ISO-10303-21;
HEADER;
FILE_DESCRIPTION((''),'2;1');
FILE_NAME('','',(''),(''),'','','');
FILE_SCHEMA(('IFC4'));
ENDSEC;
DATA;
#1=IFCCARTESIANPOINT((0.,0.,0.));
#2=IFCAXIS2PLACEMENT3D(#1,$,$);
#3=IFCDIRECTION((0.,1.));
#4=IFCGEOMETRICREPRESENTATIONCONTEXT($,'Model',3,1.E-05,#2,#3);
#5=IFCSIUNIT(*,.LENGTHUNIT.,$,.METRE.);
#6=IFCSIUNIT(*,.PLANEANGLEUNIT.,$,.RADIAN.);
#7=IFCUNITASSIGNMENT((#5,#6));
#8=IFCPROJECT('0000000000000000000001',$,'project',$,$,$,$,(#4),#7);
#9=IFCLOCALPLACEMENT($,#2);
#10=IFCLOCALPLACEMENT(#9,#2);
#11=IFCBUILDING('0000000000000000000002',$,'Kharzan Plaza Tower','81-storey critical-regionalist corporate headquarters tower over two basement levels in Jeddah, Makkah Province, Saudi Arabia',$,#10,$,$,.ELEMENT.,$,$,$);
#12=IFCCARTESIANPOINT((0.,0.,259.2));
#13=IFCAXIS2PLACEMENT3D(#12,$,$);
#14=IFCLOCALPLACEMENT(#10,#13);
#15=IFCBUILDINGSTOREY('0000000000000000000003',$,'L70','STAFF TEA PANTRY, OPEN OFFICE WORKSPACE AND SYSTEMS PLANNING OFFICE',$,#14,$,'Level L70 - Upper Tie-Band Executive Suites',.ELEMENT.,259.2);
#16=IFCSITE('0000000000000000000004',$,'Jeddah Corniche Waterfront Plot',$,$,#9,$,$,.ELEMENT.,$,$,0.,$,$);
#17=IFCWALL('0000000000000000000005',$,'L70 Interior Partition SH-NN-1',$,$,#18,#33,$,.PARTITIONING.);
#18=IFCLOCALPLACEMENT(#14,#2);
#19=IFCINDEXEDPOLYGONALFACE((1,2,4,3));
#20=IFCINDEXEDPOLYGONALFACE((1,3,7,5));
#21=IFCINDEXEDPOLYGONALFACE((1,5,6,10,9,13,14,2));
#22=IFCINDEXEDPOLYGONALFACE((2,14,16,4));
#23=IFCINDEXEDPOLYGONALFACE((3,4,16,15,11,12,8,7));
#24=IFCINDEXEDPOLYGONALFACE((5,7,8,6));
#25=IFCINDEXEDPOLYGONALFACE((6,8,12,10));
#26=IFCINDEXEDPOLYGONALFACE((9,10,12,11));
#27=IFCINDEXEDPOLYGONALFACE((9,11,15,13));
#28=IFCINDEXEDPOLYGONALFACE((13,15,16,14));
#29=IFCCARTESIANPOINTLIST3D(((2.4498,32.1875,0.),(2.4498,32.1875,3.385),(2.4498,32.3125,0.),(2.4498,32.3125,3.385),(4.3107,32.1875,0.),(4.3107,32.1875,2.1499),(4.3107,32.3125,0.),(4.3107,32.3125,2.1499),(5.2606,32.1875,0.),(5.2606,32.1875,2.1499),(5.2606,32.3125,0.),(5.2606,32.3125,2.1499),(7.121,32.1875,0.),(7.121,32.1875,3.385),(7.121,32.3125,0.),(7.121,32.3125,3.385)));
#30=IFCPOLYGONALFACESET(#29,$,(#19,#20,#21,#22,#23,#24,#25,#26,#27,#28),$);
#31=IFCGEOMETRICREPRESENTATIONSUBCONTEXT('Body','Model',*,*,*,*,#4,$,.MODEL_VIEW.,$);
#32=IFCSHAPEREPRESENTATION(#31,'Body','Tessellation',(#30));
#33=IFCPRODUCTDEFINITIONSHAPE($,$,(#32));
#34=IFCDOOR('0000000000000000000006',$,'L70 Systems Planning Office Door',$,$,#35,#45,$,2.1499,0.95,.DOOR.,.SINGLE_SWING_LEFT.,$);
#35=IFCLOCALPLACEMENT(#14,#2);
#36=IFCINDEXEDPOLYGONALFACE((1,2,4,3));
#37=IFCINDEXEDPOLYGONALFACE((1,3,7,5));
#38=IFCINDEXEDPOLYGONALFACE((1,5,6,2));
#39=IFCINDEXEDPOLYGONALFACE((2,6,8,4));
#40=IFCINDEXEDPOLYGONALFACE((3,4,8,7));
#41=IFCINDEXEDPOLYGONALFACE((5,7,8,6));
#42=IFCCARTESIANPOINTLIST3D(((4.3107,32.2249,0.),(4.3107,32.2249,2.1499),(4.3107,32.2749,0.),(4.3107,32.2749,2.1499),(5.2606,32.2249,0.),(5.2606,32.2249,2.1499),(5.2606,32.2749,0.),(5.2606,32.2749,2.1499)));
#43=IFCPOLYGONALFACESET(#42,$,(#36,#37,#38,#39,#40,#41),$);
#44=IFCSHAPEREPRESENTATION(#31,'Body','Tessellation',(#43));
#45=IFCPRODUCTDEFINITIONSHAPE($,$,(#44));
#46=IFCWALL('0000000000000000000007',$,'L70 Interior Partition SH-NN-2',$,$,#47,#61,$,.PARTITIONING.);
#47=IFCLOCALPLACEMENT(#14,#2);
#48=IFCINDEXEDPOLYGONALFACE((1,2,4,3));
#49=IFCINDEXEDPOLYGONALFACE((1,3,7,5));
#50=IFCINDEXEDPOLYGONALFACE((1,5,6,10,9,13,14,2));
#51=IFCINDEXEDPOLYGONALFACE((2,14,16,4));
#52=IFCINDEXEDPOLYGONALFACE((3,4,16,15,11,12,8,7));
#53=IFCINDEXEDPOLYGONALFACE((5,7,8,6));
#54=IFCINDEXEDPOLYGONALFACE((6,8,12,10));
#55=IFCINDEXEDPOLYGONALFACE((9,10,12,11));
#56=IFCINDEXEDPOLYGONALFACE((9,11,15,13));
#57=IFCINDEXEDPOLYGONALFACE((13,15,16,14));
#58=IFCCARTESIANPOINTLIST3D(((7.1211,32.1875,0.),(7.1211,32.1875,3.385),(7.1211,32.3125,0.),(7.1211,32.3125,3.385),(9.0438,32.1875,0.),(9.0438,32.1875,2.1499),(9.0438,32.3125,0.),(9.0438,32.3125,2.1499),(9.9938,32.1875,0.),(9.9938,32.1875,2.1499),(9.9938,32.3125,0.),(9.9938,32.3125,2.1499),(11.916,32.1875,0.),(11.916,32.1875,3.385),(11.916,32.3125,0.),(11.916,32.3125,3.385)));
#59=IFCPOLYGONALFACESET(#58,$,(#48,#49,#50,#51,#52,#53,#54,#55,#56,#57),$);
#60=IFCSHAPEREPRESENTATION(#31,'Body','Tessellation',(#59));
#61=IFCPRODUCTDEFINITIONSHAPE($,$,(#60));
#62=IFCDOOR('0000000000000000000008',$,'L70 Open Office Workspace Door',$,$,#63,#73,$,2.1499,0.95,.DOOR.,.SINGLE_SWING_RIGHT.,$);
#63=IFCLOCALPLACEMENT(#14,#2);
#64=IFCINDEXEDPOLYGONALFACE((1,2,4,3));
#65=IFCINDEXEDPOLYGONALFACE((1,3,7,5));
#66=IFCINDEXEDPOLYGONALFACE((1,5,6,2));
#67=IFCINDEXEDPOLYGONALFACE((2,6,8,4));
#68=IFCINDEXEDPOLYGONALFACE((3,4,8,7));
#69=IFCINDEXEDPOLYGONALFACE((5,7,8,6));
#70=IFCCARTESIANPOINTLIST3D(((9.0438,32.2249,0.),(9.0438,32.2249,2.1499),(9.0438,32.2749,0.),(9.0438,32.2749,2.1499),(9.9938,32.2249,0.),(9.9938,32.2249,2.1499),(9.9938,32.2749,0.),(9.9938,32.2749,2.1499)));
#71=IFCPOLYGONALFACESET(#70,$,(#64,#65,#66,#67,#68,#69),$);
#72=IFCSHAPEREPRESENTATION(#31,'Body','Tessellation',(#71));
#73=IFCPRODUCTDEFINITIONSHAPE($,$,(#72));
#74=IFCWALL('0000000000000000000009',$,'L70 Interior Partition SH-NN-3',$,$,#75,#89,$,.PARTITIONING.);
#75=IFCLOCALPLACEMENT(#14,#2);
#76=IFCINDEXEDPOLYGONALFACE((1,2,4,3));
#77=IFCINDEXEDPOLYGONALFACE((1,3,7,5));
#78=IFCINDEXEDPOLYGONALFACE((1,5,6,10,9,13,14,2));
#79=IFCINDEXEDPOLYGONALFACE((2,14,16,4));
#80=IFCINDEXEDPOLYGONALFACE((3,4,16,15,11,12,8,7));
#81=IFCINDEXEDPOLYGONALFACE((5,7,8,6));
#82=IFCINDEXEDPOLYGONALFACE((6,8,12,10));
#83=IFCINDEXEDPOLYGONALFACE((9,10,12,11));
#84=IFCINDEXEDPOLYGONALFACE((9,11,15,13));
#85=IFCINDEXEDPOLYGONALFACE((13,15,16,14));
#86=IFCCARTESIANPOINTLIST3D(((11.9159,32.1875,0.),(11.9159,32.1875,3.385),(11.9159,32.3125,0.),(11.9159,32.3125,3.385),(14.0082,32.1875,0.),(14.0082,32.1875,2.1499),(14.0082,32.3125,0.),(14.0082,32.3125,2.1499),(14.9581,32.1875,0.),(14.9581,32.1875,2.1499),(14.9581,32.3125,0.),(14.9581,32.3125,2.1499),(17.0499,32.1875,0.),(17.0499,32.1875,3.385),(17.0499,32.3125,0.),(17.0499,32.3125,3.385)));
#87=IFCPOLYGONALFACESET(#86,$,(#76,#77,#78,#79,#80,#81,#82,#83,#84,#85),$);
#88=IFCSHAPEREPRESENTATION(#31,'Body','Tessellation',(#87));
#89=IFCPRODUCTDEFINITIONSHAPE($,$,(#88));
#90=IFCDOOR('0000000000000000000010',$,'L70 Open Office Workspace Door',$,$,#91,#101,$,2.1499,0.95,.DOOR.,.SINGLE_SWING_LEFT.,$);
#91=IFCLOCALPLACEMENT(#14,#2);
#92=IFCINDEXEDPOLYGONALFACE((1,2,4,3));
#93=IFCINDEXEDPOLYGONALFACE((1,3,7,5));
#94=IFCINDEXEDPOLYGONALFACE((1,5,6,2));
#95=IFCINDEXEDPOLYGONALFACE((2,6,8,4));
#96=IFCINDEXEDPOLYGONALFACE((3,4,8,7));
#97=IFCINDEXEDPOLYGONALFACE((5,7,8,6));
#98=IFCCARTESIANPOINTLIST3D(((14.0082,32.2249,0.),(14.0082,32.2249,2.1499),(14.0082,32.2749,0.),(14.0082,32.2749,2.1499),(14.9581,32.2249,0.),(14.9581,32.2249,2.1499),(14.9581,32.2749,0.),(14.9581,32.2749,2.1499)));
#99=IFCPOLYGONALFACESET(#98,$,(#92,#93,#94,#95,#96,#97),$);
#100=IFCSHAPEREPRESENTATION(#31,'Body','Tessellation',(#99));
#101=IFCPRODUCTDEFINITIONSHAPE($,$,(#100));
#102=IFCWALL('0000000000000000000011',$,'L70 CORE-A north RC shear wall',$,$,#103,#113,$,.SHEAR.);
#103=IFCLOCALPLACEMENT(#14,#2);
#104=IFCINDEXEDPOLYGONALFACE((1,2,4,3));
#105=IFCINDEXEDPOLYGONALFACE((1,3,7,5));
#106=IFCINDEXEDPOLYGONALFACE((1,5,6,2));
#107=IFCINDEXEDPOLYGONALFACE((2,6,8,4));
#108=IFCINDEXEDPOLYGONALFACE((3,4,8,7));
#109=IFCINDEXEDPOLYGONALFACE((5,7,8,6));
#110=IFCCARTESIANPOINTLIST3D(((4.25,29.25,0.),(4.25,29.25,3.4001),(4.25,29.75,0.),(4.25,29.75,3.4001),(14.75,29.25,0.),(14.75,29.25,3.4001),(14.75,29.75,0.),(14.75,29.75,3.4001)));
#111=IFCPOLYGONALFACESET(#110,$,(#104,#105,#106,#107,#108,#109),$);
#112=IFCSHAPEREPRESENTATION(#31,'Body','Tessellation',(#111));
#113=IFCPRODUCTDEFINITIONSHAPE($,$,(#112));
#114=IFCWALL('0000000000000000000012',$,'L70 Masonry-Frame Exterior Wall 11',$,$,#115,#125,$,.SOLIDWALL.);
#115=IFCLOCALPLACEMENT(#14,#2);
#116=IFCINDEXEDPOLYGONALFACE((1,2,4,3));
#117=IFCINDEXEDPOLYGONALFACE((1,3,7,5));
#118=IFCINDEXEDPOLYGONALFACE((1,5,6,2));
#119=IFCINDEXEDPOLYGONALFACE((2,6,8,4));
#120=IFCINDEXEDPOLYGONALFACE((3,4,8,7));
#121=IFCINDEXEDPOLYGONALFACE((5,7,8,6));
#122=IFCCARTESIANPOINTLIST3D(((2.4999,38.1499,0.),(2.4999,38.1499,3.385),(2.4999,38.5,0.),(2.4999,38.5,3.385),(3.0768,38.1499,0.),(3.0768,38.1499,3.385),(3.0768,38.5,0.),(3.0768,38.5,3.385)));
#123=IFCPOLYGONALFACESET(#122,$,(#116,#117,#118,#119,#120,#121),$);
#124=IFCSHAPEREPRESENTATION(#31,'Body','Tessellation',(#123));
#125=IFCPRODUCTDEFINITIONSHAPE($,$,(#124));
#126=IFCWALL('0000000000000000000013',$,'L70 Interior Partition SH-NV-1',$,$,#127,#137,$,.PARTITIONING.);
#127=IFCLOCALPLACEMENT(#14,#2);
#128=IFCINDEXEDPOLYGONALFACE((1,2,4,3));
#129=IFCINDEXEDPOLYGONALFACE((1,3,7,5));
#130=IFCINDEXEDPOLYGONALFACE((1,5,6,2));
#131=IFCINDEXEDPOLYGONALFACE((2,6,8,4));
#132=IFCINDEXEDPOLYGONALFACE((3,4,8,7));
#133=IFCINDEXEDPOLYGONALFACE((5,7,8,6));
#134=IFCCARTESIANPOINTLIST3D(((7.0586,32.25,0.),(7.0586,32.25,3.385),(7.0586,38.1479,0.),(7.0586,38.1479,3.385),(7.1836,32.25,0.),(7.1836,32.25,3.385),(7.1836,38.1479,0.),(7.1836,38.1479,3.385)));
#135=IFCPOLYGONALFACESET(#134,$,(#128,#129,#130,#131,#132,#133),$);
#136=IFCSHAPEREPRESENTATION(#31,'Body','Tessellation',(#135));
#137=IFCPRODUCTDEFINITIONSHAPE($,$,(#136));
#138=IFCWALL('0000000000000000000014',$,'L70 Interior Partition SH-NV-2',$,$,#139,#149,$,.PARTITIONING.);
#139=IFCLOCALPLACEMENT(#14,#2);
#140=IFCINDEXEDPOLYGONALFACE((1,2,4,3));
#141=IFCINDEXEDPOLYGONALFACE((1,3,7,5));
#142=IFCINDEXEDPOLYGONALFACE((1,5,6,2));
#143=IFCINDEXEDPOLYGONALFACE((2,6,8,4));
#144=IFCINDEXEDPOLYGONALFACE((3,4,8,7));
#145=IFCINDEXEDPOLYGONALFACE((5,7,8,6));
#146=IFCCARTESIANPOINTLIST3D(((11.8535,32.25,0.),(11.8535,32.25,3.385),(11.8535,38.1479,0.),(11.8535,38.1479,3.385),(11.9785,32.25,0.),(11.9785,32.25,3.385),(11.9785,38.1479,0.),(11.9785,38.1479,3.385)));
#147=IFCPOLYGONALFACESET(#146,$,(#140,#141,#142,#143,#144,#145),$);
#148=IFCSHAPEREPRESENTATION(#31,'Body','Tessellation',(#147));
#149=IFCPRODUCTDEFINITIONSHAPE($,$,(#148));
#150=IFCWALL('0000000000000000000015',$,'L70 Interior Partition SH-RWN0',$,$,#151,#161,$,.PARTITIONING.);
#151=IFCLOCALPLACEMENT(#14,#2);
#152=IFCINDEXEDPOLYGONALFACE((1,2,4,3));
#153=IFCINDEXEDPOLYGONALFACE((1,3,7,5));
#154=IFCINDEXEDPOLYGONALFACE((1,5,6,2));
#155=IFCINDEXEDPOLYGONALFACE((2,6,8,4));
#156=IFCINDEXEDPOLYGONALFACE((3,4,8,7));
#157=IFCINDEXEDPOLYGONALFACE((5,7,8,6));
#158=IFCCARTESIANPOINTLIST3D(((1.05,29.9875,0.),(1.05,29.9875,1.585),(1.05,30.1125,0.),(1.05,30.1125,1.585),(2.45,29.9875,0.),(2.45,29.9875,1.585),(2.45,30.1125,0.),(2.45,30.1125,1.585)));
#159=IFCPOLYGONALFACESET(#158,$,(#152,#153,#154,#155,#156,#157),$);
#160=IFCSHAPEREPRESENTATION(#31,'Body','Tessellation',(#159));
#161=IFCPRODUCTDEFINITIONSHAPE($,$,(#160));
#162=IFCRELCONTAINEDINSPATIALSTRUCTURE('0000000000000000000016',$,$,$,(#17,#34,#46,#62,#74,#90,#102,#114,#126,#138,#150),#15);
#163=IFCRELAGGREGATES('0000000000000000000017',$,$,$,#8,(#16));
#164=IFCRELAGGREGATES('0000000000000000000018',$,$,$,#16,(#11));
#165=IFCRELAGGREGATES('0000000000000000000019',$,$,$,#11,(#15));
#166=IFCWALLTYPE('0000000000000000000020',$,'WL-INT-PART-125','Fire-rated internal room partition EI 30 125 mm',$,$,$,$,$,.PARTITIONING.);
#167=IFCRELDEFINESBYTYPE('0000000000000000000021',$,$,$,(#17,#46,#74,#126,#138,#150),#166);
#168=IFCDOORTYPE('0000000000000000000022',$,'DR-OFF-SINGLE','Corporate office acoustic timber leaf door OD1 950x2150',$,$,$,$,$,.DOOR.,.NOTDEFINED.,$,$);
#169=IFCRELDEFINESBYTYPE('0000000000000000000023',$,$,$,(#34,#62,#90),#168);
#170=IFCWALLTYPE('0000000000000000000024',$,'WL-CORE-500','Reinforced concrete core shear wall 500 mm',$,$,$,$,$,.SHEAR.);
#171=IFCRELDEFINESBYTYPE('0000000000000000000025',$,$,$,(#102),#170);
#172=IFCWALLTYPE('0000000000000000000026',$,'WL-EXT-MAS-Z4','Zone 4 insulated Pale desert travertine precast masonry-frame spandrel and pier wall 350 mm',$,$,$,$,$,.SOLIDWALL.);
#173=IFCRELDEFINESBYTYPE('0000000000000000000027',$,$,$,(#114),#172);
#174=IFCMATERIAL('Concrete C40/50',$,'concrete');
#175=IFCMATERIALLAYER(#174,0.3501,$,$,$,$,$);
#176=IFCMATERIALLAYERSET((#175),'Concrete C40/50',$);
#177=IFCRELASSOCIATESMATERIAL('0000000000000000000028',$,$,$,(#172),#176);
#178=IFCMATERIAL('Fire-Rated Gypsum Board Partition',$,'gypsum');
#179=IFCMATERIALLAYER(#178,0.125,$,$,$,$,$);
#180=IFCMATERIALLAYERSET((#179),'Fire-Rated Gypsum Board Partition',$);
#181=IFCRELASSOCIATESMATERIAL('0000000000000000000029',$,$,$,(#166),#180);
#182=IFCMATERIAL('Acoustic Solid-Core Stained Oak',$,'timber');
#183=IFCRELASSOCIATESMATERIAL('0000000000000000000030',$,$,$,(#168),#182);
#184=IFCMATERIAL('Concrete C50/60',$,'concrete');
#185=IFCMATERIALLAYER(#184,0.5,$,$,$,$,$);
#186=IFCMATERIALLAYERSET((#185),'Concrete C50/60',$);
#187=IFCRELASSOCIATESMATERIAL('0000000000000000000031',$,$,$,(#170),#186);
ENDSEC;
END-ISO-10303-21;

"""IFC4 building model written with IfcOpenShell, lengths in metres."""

from ifc_helpers import new_model, si_unit, direction, frame, frame_2d, origin, place, context, subcontext, project, spatial, rectangle, extrude, source, transform, mapped, material, layer, layer_set, type_object, element, fill, save


model = new_model("IFC4")

# Units and contexts
model_context = context("Model", 3, precision=1e-05, world=origin(), true_north=direction((0.0, 1.0)))
body_context = subcontext(model_context, "Body", "Model", "MODEL_VIEW")
ifc_project = project(units=[si_unit("LENGTHUNIT", "METRE"), si_unit("PLANEANGLEUNIT", "RADIAN")], contexts=[model_context])

# Site, building, storey
site_placement = place(None, origin())
site = spatial("IfcSite", under=ifc_project, at=site_placement, Name="Jeddah Corniche Waterfront Plot", CompositionType="ELEMENT", RefElevation=0.0)
building_placement = place(site_placement, origin())
building = spatial("IfcBuilding", under=site, at=building_placement, Name="Kharzan Plaza Tower", Description="81-storey critical-regionalist corporate headquarters tower over two basement levels in Jeddah, Makkah Province, Saudi Arabia", CompositionType="ELEMENT")
storey_placement = place(building_placement, frame((0.0, 0.0, 259.2)))
storey = spatial("IfcBuildingStorey", under=building, at=storey_placement, Name="L70", Description="STAFF TEA PANTRY, OPEN OFFICE WORKSPACE AND SYSTEMS PLANNING OFFICE", LongName="Level L70 - Upper Tie-Band Executive Suites", CompositionType="ELEMENT", Elevation=259.2)

# Shared definitions
ifc_material_1 = material(Name="Concrete C50/60", Category="concrete")

# Shared definitions
ifc_material_2 = material(Name="Concrete C40/50", Category="concrete")
ifc_layer_1 = layer(ifc_material_2, 0.3501)
ifc_layer_set_1 = layer_set([ifc_layer_1], Name="Concrete C40/50")
wall_type_1 = type_object("IfcWallType", Name="WL-EXT-MAS-Z4", Description="Zone 4 insulated Pale desert travertine precast masonry-frame spandrel and pier wall 350 mm", PredefinedType="SOLIDWALL", material=ifc_layer_set_1)

# Walls, openings, doors
ifc_material_3 = material(Name="Fire-Rated Gypsum Board Partition", Category="gypsum")
ifc_layer_2 = layer(ifc_material_3, 0.125)
ifc_layer_set_2 = layer_set([ifc_layer_2], Name="Fire-Rated Gypsum Board Partition")
wall_type_2 = type_object("IfcWallType", Name="WL-INT-PART-125", Description="Fire-rated internal room partition EI 30 125 mm", PredefinedType="PARTITIONING", material=ifc_layer_set_2)
wall_1_placement = place(storey_placement, frame((2.45, 32.25, 0.0), z_axis=(0.0, 0.0, 1.0), x_axis=(1.0, 0.0, 0.0)))
wall_1 = element("IfcWall", 1, at=wall_1_placement, inside=storey, type_object=wall_type_2, Name="L70 Interior Partition SH-NN-1", PredefinedType="PARTITIONING", context=body_context, shape_type="SweptSolid", body=[
    extrude(rectangle(XDim=4.6711, YDim=0.125, at=frame_2d((2.3354, 0.0))), origin(), (0.0, 0.0, 1.0), 3.385),
])
opening_1_placement = place(wall_1_placement, frame((1.8606, 0.0, 0.0)))
opening_1 = element("IfcOpeningElement", 2, at=opening_1_placement, cuts=wall_1, PredefinedType="OPENING", context=body_context, shape_type="SweptSolid", body=[
    extrude(rectangle(XDim=0.95, YDim=2.1499, at=frame_2d((0.4751, 1.075))), frame((0.0, 0.0725, 0.0), z_axis=(0.0, -1.0, 0.0), x_axis=(1.0, 0.0, 0.0)), (0.0, 0.0, 1.0), 0.145),
])
ifc_material_4 = material(Name="Acoustic Solid-Core Stained Oak", Category="timber")
door_type = type_object("IfcDoorType", Name="DR-OFF-SINGLE", Description="Corporate office acoustic timber leaf door OD1 950x2150", OperationType="NOTDEFINED", PredefinedType="DOOR", material=ifc_material_4)
shared_shape_1 = source(origin(), body_context, "Body", "SweptSolid", [
    extrude(rectangle(XDim=0.95, YDim=2.1499, at=frame_2d((0.4751, 1.075))), frame((0.0, 0.0249, 0.0), z_axis=(0.0, -1.0, 0.0), x_axis=(1.0, 0.0, 0.0)), (0.0, 0.0, 1.0), 0.05),
])
door_1_placement = place(opening_1_placement, origin())
door_1 = element("IfcDoor", 3, at=door_1_placement, inside=storey, type_object=door_type, Name="L70 Systems Planning Office Door", OperationType="SINGLE_SWING_LEFT", OverallHeight=2.1499, OverallWidth=0.95, PredefinedType="DOOR", context=body_context, shape_type="MappedRepresentation", body=[
    mapped(shared_shape_1, transform((0.0, 0.0, 0.0), x_axis=(1.0, 0.0, 0.0), y_axis=(0.0, 1.0, 0.0), z_axis=(0.0, 0.0, 1.0))),
])
fill(opening_1, door_1)
wall_2_placement = place(storey_placement, frame((7.1211, 32.25, 0.0), z_axis=(0.0, 0.0, 1.0), x_axis=(1.0, 0.0, 0.0)))
wall_2 = element("IfcWall", 4, at=wall_2_placement, inside=storey, type_object=wall_type_2, Name="L70 Interior Partition SH-NN-2", PredefinedType="PARTITIONING", context=body_context, shape_type="SweptSolid", body=[
    extrude(rectangle(XDim=4.7949, YDim=0.125, at=frame_2d((2.3975, 0.0))), origin(), (0.0, 0.0, 1.0), 3.385),
])
opening_2_placement = place(wall_2_placement, frame((1.9226, 0.0, 0.0)))
opening_2 = element("IfcOpeningElement", 5, at=opening_2_placement, cuts=wall_2, PredefinedType="OPENING", context=body_context, shape_type="SweptSolid", body=[
    extrude(rectangle(XDim=0.95, YDim=2.1499, at=frame_2d((0.4751, 1.075))), frame((0.0, 0.0725, 0.0), z_axis=(0.0, -1.0, 0.0), x_axis=(1.0, 0.0, 0.0)), (0.0, 0.0, 1.0), 0.145),
])
door_2_placement = place(opening_2_placement, origin())
door_2 = element("IfcDoor", 6, at=door_2_placement, inside=storey, type_object=door_type, Name="L70 Open Office Workspace Door", OperationType="SINGLE_SWING_RIGHT", OverallHeight=2.1499, OverallWidth=0.95, PredefinedType="DOOR", context=body_context, shape_type="MappedRepresentation", body=[
    mapped(shared_shape_1, transform((0.0, 0.0, 0.0), x_axis=(1.0, 0.0, 0.0), y_axis=(0.0, 1.0, 0.0), z_axis=(0.0, 0.0, 1.0))),
])
fill(opening_2, door_2)
wall_3_placement = place(storey_placement, frame((11.916, 32.25, 0.0), z_axis=(0.0, 0.0, 1.0), x_axis=(1.0, 0.0, 0.0)))
wall_3 = element("IfcWall", 7, at=wall_3_placement, inside=storey, type_object=wall_type_2, Name="L70 Interior Partition SH-NN-3", PredefinedType="PARTITIONING", context=body_context, shape_type="SweptSolid", body=[
    extrude(rectangle(XDim=5.134, YDim=0.125, at=frame_2d((2.5669, 0.0))), origin(), (0.0, 0.0, 1.0), 3.385),
])
opening_3_placement = place(wall_3_placement, frame((2.092, 0.0, 0.0)))
opening_3 = element("IfcOpeningElement", 8, at=opening_3_placement, cuts=wall_3, PredefinedType="OPENING", context=body_context, shape_type="SweptSolid", body=[
    extrude(rectangle(XDim=0.95, YDim=2.1499, at=frame_2d((0.4751, 1.075))), frame((0.0, 0.0725, 0.0), z_axis=(0.0, -1.0, 0.0), x_axis=(1.0, 0.0, 0.0)), (0.0, 0.0, 1.0), 0.145),
])
door_3_placement = place(opening_3_placement, origin())
door_3 = element("IfcDoor", 9, at=door_3_placement, inside=storey, type_object=door_type, Name="L70 Open Office Workspace Door", OperationType="SINGLE_SWING_LEFT", OverallHeight=2.1499, OverallWidth=0.95, PredefinedType="DOOR", context=body_context, shape_type="MappedRepresentation", body=[
    mapped(shared_shape_1, transform((0.0, 0.0, 0.0), x_axis=(1.0, 0.0, 0.0), y_axis=(0.0, 1.0, 0.0), z_axis=(0.0, 0.0, 1.0))),
])
fill(opening_3, door_3)

# Walls
ifc_layer_3 = layer(ifc_material_1, 0.5)
ifc_layer_set_3 = layer_set([ifc_layer_3], Name="Concrete C50/60")
wall_type_3 = type_object("IfcWallType", Name="WL-CORE-500", Description="Reinforced concrete core shear wall 500 mm", PredefinedType="SHEAR", material=ifc_layer_set_3)
shared_shape_2 = source(origin(), body_context, "Body", "SweptSolid", [
    extrude(rectangle(XDim=10.5, YDim=0.5, at=frame_2d((5.25, 0.0))), origin(), (0.0, 0.0, 1.0), 3.4001),
])
wall_4_placement = place(storey_placement, frame((4.25, 29.5, 0.0), z_axis=(0.0, 0.0, 1.0), x_axis=(1.0, 0.0, 0.0)))
element("IfcWall", 10, at=wall_4_placement, inside=storey, type_object=wall_type_3, Name="L70 CORE-A north RC shear wall", PredefinedType="SHEAR", context=body_context, shape_type="MappedRepresentation", body=[
    mapped(shared_shape_2, transform((0.0, 0.0, 0.0), x_axis=(1.0, 0.0, 0.0), y_axis=(0.0, 1.0, 0.0), z_axis=(0.0, 0.0, 1.0))),
])
shared_shape_3 = source(origin(), body_context, "Body", "SweptSolid", [
    extrude(rectangle(XDim=0.5769, YDim=0.3501, at=frame_2d((0.2886, 0.0))), origin(), (0.0, 0.0, 1.0), 3.385),
])
wall_5_placement = place(storey_placement, frame((3.0769, 38.325, 0.0), z_axis=(0.0, 0.0, 1.0), x_axis=(-1.0, 0.0, 0.0)))
element("IfcWall", 11, at=wall_5_placement, inside=storey, type_object=wall_type_1, Name="L70 Masonry-Frame Exterior Wall 11", PredefinedType="SOLIDWALL", context=body_context, shape_type="MappedRepresentation", body=[
    mapped(shared_shape_3, transform((0.0, 0.0, 0.0), x_axis=(1.0, 0.0, 0.0), y_axis=(0.0, 1.0, 0.0), z_axis=(0.0, 0.0, 1.0))),
])
shared_shape_4 = source(origin(), body_context, "Body", "SweptSolid", [
    extrude(rectangle(XDim=5.8979, YDim=0.125, at=frame_2d((2.949, 0.0))), origin(), (0.0, 0.0, 1.0), 3.385),
])
for number, where, z_axis, x_axis, name in (
    (12, (7.1211, 32.25, 0.0), (0.0, 0.0, 1.0), (0.0, 1.0, 0.0), "L70 Interior Partition SH-NV-1"),
    (13, (11.916, 32.25, 0.0), (0.0, 0.0, 1.0), (0.0, 1.0, 0.0), "L70 Interior Partition SH-NV-2"),
):
    element("IfcWall", number, at=place(storey_placement, frame(where, z_axis=z_axis, x_axis=x_axis)), inside=storey, type_object=wall_type_2, Name=name, PredefinedType="PARTITIONING", context=body_context, shape_type="MappedRepresentation", body=[
        mapped(shared_shape_4, transform((0.0, 0.0, 0.0), x_axis=(1.0, 0.0, 0.0), y_axis=(0.0, 1.0, 0.0), z_axis=(0.0, 0.0, 1.0))),
    ])
shared_shape_5 = source(origin(), body_context, "Body", "SweptSolid", [
    extrude(rectangle(XDim=1.3999, YDim=0.125, at=frame_2d((0.7, 0.0))), origin(), (0.0, 0.0, 1.0), 1.585),
])
wall_6_placement = place(storey_placement, frame((1.05, 30.05, 0.0), z_axis=(0.0, 0.0, 1.0), x_axis=(1.0, 0.0, 0.0)))
element("IfcWall", 14, at=wall_6_placement, inside=storey, type_object=wall_type_2, Name="L70 Interior Partition SH-RWN0", PredefinedType="PARTITIONING", context=body_context, shape_type="MappedRepresentation", body=[
    mapped(shared_shape_5, transform((0.0, 0.0, 0.0), x_axis=(1.0, 0.0, 0.0), y_axis=(0.0, 1.0, 0.0), z_axis=(0.0, 0.0, 1.0))),
])

save(model, "model.ifc")
